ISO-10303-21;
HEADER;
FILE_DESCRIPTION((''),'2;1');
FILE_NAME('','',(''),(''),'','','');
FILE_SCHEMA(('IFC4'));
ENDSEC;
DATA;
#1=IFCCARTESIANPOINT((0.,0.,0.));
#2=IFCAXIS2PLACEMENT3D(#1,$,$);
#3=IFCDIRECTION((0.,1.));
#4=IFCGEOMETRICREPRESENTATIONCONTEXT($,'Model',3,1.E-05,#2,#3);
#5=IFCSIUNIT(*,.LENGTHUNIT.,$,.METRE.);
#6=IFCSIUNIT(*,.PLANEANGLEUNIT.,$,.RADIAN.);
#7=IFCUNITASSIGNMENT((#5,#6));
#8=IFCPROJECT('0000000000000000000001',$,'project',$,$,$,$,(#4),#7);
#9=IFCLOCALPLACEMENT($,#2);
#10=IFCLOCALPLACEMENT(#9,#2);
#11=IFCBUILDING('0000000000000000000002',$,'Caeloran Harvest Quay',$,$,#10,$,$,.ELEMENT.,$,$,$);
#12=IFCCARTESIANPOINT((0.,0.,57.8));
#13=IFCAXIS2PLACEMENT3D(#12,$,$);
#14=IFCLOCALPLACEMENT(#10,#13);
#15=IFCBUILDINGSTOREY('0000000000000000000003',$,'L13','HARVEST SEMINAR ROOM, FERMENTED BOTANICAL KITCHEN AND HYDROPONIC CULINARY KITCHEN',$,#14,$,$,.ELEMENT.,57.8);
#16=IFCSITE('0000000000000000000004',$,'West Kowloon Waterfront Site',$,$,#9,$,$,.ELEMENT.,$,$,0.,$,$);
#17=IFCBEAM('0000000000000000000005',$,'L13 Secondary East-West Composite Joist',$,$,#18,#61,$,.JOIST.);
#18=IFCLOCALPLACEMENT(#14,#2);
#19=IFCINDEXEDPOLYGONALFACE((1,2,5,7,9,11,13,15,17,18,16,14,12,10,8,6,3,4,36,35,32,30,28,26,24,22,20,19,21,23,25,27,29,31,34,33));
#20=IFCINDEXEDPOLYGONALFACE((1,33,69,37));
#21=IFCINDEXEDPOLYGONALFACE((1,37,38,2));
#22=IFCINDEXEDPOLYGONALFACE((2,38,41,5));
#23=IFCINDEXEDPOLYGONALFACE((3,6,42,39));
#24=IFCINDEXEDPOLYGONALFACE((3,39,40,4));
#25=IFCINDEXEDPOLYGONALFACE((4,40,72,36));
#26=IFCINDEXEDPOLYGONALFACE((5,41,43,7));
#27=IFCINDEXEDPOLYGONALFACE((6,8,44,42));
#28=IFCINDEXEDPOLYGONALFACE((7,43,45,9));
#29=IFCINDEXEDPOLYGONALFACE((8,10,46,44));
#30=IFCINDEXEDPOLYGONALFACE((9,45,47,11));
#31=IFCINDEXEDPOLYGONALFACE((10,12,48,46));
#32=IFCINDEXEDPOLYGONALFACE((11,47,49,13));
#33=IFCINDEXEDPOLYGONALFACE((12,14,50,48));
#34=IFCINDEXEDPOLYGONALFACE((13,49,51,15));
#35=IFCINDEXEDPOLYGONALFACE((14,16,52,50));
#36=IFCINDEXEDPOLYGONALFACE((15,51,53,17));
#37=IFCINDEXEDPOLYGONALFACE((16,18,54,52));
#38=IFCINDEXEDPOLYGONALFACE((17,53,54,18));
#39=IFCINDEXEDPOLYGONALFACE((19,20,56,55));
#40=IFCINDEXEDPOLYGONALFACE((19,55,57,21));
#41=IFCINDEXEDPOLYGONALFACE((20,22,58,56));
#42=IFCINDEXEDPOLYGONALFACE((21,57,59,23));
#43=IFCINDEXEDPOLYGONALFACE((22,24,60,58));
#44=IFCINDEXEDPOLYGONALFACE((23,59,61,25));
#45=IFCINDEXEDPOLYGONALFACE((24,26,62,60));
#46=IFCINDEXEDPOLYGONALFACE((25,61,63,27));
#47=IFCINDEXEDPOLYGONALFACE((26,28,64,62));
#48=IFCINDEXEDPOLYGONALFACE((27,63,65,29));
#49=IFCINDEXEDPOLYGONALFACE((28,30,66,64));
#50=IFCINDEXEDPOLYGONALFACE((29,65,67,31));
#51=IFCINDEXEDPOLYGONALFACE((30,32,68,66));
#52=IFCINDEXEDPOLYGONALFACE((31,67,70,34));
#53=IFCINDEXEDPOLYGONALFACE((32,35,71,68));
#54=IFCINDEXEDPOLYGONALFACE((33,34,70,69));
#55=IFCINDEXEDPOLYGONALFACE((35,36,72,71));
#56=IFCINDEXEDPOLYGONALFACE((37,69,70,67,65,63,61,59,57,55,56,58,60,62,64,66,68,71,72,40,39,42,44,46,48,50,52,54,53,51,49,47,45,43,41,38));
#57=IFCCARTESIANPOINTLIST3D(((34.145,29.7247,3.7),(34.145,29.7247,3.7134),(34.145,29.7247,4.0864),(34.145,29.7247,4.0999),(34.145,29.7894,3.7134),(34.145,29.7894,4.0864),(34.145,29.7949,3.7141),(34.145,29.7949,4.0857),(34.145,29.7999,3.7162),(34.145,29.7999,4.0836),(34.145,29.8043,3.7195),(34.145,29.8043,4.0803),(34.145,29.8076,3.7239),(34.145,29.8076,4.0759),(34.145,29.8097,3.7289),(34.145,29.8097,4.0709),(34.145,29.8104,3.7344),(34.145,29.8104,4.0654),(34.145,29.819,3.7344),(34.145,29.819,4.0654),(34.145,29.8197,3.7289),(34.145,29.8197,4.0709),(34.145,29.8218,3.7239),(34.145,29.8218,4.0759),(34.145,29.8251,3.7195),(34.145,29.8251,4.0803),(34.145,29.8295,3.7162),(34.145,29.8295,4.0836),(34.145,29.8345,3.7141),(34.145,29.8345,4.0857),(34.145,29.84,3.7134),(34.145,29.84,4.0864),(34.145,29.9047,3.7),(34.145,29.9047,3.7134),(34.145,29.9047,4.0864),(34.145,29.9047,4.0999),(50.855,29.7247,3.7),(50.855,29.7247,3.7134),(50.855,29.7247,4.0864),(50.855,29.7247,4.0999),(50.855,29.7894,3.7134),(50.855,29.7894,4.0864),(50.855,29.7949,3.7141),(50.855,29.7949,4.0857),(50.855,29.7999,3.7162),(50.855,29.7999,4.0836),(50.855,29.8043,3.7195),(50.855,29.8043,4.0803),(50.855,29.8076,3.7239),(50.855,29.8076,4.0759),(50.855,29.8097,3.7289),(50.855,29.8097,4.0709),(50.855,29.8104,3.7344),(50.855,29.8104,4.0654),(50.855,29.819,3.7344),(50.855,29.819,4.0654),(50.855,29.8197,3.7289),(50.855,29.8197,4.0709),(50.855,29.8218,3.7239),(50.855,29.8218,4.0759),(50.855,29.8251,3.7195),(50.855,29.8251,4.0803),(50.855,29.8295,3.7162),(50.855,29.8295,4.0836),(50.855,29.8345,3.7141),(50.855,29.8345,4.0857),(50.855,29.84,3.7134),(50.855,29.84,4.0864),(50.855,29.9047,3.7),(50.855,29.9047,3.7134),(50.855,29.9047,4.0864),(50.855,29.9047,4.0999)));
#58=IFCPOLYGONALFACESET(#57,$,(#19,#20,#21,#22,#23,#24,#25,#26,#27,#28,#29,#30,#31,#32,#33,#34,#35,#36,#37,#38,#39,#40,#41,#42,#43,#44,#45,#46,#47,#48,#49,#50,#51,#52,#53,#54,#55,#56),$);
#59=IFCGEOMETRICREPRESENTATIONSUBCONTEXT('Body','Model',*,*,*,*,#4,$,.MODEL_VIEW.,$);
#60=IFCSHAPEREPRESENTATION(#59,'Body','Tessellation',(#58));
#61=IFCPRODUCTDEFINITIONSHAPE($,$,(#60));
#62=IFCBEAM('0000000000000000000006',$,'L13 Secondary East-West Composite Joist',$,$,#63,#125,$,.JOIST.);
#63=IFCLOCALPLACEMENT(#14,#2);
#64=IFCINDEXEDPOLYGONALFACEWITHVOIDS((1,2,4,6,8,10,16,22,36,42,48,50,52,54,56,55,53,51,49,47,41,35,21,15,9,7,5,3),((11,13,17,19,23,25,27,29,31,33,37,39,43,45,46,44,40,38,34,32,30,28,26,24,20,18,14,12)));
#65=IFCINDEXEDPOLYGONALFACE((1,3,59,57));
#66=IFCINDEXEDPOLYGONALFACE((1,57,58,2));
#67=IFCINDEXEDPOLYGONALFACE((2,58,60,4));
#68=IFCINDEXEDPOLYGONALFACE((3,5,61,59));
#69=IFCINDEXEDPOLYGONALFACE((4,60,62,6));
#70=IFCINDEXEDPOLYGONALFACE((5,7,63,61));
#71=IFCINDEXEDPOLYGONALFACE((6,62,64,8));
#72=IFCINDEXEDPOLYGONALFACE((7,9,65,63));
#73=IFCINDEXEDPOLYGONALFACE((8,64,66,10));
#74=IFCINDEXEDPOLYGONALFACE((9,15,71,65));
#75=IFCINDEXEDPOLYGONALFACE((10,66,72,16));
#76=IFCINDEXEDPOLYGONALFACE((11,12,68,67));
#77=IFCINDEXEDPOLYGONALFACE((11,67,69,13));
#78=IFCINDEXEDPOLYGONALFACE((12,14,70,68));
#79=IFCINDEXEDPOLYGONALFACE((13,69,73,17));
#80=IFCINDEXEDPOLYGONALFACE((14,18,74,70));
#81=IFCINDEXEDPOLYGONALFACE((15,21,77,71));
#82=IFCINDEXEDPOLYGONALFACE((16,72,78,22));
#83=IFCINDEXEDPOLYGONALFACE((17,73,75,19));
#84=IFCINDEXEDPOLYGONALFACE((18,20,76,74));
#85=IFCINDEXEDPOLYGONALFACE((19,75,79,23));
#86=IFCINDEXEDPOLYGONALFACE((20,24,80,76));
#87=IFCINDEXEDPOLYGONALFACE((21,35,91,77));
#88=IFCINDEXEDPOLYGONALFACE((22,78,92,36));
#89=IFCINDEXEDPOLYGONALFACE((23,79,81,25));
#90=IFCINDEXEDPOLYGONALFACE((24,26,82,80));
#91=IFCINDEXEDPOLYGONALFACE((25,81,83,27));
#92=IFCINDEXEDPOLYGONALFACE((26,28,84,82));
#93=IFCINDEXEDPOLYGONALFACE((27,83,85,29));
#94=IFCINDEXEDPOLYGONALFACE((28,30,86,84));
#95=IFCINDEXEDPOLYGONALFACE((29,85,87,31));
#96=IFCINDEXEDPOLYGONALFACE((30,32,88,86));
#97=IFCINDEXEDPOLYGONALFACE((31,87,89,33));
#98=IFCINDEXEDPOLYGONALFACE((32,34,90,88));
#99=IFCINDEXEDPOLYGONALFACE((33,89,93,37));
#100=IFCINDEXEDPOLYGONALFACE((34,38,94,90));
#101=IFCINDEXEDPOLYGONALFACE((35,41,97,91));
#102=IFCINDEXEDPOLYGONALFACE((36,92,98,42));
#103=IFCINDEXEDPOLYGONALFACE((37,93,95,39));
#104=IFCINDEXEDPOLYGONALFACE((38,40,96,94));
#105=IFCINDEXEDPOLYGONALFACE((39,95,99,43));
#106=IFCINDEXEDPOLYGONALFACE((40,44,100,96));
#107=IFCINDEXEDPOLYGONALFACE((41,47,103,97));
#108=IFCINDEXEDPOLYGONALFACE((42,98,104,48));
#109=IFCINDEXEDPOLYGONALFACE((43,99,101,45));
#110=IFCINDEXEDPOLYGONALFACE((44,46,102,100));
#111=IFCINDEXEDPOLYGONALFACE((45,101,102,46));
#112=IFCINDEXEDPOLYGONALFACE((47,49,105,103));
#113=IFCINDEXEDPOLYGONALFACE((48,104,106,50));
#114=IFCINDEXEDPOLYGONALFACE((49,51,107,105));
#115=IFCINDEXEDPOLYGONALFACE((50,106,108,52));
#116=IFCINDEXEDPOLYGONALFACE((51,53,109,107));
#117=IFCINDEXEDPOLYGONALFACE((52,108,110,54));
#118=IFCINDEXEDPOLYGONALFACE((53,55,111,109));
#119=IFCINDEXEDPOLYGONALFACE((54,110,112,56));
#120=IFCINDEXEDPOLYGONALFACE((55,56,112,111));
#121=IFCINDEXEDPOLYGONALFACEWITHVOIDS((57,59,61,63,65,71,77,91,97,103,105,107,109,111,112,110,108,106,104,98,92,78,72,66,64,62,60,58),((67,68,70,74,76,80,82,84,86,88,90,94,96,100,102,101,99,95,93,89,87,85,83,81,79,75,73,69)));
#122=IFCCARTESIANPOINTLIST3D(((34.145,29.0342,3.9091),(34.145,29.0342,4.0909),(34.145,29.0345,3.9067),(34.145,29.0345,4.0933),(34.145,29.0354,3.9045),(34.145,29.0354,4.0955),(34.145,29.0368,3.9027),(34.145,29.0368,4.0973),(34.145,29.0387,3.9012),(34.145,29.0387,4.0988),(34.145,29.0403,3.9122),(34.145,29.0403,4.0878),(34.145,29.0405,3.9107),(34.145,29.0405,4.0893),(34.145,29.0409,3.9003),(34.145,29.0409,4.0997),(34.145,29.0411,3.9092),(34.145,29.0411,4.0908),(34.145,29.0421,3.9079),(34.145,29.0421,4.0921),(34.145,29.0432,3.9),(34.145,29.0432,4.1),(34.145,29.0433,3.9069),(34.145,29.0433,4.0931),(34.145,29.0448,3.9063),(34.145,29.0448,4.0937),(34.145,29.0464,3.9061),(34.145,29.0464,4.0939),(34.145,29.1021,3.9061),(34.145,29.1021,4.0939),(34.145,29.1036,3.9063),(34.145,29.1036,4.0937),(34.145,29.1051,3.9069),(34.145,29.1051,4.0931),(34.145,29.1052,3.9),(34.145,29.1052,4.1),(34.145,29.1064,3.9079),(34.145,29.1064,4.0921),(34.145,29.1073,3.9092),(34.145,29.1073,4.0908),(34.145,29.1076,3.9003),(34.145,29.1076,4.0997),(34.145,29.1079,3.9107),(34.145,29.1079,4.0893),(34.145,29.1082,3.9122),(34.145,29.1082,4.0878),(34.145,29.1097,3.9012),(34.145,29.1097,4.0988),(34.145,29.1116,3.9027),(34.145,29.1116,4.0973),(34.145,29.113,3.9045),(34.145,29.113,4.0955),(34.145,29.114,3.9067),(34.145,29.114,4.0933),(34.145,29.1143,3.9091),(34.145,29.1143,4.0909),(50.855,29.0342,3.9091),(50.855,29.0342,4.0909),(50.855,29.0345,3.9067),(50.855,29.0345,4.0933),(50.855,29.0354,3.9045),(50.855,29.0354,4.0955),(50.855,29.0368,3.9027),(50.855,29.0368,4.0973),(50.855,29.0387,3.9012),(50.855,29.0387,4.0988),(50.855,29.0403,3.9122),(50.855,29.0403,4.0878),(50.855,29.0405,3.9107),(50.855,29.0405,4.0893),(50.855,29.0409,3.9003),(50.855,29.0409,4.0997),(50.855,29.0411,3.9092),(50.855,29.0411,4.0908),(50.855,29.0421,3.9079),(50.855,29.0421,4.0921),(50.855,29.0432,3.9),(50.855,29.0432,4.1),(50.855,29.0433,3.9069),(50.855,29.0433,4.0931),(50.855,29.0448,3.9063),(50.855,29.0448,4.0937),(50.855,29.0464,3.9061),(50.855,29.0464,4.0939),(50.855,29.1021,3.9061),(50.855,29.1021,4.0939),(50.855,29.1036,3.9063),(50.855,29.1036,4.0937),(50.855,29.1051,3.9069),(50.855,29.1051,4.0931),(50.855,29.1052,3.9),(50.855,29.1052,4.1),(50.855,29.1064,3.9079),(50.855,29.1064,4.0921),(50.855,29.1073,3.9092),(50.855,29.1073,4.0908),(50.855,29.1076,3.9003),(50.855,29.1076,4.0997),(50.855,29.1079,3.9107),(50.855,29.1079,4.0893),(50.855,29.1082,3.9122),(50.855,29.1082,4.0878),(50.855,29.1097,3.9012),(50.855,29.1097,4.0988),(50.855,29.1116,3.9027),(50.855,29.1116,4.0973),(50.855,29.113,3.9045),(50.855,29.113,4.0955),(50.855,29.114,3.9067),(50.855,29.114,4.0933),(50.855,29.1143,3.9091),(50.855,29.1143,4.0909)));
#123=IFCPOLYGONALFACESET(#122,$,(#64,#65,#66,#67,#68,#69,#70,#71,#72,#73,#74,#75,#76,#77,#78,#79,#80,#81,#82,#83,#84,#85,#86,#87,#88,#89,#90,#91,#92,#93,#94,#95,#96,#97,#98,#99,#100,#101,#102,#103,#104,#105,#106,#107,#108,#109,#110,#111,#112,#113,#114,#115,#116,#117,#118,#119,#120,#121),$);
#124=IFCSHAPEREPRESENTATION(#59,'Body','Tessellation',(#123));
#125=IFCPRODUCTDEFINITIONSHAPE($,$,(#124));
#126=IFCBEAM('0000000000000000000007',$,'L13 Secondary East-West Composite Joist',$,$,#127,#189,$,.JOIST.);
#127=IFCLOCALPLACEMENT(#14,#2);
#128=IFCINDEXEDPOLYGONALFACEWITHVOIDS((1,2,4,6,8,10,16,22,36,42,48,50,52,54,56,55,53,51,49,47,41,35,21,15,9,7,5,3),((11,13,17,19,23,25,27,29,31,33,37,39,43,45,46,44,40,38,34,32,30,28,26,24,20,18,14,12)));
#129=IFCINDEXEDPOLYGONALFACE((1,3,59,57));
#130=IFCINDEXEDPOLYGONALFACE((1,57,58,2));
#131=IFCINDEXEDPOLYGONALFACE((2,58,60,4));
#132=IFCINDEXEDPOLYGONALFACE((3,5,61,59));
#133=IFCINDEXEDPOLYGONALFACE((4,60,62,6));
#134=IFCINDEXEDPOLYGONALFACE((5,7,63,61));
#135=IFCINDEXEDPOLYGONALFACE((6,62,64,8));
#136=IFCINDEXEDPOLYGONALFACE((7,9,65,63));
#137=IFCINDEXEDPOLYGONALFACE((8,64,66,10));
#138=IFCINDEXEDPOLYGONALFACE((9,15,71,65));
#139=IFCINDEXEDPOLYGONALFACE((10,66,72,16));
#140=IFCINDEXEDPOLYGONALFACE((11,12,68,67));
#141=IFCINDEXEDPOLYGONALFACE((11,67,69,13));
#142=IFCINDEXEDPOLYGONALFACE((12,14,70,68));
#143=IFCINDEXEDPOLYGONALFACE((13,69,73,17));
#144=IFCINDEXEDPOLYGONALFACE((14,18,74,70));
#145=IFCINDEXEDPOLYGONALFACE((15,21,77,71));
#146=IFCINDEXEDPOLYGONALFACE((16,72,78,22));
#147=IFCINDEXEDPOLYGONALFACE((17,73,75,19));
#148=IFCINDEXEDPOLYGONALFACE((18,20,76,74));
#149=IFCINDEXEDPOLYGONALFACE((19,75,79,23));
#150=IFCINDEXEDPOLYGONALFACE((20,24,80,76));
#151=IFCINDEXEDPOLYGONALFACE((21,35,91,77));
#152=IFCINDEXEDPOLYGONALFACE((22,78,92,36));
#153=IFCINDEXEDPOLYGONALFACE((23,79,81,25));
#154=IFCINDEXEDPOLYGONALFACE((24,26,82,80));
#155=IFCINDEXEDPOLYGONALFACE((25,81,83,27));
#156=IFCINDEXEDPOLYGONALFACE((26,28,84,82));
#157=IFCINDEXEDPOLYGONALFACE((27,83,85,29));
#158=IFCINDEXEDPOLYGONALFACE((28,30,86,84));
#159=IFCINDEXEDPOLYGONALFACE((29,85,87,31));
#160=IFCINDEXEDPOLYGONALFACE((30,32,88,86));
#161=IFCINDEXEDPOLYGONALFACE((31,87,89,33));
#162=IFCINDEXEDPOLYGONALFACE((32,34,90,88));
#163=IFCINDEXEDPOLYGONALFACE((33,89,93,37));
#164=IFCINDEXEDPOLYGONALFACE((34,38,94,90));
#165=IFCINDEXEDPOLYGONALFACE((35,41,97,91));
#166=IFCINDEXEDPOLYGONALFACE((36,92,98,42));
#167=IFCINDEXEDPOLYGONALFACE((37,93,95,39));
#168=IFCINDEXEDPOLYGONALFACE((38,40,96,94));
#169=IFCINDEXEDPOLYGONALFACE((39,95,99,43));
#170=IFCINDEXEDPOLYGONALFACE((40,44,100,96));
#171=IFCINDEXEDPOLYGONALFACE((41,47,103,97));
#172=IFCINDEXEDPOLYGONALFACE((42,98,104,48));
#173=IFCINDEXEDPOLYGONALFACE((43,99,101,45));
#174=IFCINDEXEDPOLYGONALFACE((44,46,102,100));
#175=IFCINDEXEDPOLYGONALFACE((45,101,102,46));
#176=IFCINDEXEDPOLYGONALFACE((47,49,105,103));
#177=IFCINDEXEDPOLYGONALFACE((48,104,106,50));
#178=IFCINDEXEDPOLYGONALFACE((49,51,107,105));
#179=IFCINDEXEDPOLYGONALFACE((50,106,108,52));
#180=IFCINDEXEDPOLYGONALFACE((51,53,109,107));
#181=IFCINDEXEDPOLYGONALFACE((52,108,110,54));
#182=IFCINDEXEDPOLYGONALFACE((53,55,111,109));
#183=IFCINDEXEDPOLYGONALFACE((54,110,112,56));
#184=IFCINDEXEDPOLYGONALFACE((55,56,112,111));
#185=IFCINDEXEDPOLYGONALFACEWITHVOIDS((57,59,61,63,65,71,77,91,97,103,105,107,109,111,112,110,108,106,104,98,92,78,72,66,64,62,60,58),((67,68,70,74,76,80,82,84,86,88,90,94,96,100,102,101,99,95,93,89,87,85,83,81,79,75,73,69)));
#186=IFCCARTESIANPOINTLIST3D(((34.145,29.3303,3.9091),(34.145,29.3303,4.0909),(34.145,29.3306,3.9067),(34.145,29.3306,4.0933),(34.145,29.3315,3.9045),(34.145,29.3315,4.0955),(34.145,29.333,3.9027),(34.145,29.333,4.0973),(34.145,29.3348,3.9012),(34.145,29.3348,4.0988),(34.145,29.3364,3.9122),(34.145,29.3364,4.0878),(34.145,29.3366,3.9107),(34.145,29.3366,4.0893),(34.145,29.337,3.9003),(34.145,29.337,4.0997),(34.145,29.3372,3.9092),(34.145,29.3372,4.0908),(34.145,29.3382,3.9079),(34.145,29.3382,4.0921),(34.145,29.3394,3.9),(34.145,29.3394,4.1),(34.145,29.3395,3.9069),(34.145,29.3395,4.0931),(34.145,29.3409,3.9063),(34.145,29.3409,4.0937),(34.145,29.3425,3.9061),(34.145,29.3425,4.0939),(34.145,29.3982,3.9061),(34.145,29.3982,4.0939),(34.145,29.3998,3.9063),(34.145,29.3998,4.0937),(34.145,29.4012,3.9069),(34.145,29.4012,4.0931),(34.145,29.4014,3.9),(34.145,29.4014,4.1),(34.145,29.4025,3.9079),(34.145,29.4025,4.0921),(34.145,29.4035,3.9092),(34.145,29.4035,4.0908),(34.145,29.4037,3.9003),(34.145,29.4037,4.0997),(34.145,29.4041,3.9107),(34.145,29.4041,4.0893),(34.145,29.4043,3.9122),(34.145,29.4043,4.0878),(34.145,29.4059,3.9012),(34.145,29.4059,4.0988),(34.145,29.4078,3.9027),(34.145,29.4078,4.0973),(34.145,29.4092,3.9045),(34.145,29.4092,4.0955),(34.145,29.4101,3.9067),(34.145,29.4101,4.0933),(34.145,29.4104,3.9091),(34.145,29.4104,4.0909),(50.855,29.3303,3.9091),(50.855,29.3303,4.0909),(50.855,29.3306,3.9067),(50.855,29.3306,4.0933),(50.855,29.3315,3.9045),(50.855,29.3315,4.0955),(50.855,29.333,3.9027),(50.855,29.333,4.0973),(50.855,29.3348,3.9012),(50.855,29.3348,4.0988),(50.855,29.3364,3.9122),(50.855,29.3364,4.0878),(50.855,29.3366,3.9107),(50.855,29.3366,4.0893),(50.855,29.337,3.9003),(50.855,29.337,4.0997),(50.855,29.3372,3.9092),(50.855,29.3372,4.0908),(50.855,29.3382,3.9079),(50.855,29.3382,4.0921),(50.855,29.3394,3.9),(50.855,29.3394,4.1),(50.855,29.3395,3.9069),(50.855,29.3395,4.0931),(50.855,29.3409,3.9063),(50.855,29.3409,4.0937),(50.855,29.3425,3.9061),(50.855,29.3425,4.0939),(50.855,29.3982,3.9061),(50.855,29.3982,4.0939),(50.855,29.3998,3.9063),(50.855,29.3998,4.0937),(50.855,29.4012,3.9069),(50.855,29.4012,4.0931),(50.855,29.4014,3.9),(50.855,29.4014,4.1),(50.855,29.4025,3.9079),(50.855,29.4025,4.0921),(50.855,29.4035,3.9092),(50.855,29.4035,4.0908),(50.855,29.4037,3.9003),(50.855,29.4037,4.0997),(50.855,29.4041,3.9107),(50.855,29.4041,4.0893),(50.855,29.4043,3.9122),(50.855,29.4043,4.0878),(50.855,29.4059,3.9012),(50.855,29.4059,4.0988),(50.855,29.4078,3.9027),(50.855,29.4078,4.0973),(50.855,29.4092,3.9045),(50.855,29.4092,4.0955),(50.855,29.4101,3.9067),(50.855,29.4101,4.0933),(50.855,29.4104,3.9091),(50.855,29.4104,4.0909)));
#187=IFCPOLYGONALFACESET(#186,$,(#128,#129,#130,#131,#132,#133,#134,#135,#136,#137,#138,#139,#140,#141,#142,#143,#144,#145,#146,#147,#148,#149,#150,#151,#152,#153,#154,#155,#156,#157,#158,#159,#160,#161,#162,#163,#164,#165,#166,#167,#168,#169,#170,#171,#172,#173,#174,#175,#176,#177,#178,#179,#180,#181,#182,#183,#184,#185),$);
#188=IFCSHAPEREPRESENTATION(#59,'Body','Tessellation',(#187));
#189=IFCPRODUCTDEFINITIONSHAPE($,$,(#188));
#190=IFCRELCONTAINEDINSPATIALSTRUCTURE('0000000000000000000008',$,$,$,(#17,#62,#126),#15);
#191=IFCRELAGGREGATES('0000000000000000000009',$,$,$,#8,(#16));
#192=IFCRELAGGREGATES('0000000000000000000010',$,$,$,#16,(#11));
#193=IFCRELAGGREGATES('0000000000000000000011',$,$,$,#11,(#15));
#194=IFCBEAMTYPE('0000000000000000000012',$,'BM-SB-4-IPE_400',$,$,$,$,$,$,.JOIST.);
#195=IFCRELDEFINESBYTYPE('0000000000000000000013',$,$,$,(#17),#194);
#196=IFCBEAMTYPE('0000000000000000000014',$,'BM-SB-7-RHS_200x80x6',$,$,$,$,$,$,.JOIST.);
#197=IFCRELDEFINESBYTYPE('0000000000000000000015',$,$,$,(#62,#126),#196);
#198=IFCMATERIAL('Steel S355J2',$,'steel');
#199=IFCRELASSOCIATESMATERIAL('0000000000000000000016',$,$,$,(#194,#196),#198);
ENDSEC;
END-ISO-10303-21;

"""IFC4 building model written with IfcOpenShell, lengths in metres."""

from ifc_helpers import new_model, si_unit, direction, frame, origin, origin_2d, place, context, subcontext, project, spatial, hollow_rectangle, i_section, extrude, material, material_profile, profile_set, type_object, element, save


model = new_model("IFC4")

# Units and contexts
model_context = context("Model", 3, precision=1e-05, world=origin(), true_north=direction((0.0, 1.0)))
body_context = subcontext(model_context, "Body", "Model", "MODEL_VIEW")
ifc_project = project(units=[si_unit("LENGTHUNIT", "METRE"), si_unit("PLANEANGLEUNIT", "RADIAN")], contexts=[model_context])

# Site, building, storey
site_placement = place(None, origin())
site = spatial("IfcSite", under=ifc_project, at=site_placement, Name="West Kowloon Waterfront Site", CompositionType="ELEMENT", RefElevation=0.0)
building_placement = place(site_placement, origin())
building = spatial("IfcBuilding", under=site, at=building_placement, Name="Caeloran Harvest Quay", CompositionType="ELEMENT")
storey_placement = place(building_placement, frame((0.0, 0.0, 57.8)))
storey = spatial("IfcBuildingStorey", under=building, at=storey_placement, Name="L13", Description="HARVEST SEMINAR ROOM, FERMENTED BOTANICAL KITCHEN AND HYDROPONIC CULINARY KITCHEN", CompositionType="ELEMENT", Elevation=57.8)

# Beams
ifc_material_1 = material(Name="Steel S355J2", Category="steel")
ifc_material_profile_1 = material_profile(ifc_material_1, i_section(OverallWidth=0.1799, OverallDepth=0.3999, WebThickness=0.0085, FlangeThickness=0.0134, FilletRadius=0.021, at=origin_2d()), Name="IPE 400")
ifc_profile_set_1 = profile_set([ifc_material_profile_1], Name="Steel S355J2")
beam_type_1 = type_object("IfcBeamType", Name="BM-SB-4-IPE_400", PredefinedType="JOIST", material=ifc_profile_set_1)
for number, where, z_axis, x_axis, name in (
    (1, (34.145, 29.8147, 3.8999), (1.0, 0.0, 0.0), (0.0, 1.0, 0.0), "L13 Secondary East-West Composite Joist"),
):
    element("IfcBeam", number, at=place(storey_placement, frame(where, z_axis=z_axis, x_axis=x_axis)), inside=storey, type_object=beam_type_1, Name=name, PredefinedType="JOIST", context=body_context, shape_type="SweptSolid", body=[
        extrude(i_section(OverallWidth=0.1799, OverallDepth=0.3999, WebThickness=0.0085, FlangeThickness=0.0134, FilletRadius=0.021, at=origin_2d()), origin(), (0.0, 0.0, 1.0), 16.71),
    ])
ifc_material_profile_2 = material_profile(ifc_material_1, hollow_rectangle(XDim=0.0801, YDim=0.2, WallThickness=0.0061, InnerFilletRadius=0.0061, OuterFilletRadius=0.009, at=origin_2d()), Name="RHS 200x80x6")
ifc_profile_set_2 = profile_set([ifc_material_profile_2], Name="Steel S355J2")
beam_type_2 = type_object("IfcBeamType", Name="BM-SB-7-RHS_200x80x6", PredefinedType="JOIST", material=ifc_profile_set_2)
for number, where, z_axis, x_axis, name in (
    (2, (34.145, 29.0742, 4.0), (1.0, 0.0, 0.0), (0.0, 1.0, 0.0), "L13 Secondary East-West Composite Joist"),
    (3, (34.145, 29.3704, 4.0), (1.0, 0.0, 0.0), (0.0, 1.0, 0.0), "L13 Secondary East-West Composite Joist"),
):
    element("IfcBeam", number, at=place(storey_placement, frame(where, z_axis=z_axis, x_axis=x_axis)), inside=storey, type_object=beam_type_2, Name=name, PredefinedType="JOIST", context=body_context, shape_type="SweptSolid", body=[
        extrude(hollow_rectangle(XDim=0.0801, YDim=0.2, WallThickness=0.0061, InnerFilletRadius=0.0061, OuterFilletRadius=0.009, at=origin_2d()), origin(), (0.0, 0.0, 1.0), 16.71),
    ])

save(model, "model.ifc")
